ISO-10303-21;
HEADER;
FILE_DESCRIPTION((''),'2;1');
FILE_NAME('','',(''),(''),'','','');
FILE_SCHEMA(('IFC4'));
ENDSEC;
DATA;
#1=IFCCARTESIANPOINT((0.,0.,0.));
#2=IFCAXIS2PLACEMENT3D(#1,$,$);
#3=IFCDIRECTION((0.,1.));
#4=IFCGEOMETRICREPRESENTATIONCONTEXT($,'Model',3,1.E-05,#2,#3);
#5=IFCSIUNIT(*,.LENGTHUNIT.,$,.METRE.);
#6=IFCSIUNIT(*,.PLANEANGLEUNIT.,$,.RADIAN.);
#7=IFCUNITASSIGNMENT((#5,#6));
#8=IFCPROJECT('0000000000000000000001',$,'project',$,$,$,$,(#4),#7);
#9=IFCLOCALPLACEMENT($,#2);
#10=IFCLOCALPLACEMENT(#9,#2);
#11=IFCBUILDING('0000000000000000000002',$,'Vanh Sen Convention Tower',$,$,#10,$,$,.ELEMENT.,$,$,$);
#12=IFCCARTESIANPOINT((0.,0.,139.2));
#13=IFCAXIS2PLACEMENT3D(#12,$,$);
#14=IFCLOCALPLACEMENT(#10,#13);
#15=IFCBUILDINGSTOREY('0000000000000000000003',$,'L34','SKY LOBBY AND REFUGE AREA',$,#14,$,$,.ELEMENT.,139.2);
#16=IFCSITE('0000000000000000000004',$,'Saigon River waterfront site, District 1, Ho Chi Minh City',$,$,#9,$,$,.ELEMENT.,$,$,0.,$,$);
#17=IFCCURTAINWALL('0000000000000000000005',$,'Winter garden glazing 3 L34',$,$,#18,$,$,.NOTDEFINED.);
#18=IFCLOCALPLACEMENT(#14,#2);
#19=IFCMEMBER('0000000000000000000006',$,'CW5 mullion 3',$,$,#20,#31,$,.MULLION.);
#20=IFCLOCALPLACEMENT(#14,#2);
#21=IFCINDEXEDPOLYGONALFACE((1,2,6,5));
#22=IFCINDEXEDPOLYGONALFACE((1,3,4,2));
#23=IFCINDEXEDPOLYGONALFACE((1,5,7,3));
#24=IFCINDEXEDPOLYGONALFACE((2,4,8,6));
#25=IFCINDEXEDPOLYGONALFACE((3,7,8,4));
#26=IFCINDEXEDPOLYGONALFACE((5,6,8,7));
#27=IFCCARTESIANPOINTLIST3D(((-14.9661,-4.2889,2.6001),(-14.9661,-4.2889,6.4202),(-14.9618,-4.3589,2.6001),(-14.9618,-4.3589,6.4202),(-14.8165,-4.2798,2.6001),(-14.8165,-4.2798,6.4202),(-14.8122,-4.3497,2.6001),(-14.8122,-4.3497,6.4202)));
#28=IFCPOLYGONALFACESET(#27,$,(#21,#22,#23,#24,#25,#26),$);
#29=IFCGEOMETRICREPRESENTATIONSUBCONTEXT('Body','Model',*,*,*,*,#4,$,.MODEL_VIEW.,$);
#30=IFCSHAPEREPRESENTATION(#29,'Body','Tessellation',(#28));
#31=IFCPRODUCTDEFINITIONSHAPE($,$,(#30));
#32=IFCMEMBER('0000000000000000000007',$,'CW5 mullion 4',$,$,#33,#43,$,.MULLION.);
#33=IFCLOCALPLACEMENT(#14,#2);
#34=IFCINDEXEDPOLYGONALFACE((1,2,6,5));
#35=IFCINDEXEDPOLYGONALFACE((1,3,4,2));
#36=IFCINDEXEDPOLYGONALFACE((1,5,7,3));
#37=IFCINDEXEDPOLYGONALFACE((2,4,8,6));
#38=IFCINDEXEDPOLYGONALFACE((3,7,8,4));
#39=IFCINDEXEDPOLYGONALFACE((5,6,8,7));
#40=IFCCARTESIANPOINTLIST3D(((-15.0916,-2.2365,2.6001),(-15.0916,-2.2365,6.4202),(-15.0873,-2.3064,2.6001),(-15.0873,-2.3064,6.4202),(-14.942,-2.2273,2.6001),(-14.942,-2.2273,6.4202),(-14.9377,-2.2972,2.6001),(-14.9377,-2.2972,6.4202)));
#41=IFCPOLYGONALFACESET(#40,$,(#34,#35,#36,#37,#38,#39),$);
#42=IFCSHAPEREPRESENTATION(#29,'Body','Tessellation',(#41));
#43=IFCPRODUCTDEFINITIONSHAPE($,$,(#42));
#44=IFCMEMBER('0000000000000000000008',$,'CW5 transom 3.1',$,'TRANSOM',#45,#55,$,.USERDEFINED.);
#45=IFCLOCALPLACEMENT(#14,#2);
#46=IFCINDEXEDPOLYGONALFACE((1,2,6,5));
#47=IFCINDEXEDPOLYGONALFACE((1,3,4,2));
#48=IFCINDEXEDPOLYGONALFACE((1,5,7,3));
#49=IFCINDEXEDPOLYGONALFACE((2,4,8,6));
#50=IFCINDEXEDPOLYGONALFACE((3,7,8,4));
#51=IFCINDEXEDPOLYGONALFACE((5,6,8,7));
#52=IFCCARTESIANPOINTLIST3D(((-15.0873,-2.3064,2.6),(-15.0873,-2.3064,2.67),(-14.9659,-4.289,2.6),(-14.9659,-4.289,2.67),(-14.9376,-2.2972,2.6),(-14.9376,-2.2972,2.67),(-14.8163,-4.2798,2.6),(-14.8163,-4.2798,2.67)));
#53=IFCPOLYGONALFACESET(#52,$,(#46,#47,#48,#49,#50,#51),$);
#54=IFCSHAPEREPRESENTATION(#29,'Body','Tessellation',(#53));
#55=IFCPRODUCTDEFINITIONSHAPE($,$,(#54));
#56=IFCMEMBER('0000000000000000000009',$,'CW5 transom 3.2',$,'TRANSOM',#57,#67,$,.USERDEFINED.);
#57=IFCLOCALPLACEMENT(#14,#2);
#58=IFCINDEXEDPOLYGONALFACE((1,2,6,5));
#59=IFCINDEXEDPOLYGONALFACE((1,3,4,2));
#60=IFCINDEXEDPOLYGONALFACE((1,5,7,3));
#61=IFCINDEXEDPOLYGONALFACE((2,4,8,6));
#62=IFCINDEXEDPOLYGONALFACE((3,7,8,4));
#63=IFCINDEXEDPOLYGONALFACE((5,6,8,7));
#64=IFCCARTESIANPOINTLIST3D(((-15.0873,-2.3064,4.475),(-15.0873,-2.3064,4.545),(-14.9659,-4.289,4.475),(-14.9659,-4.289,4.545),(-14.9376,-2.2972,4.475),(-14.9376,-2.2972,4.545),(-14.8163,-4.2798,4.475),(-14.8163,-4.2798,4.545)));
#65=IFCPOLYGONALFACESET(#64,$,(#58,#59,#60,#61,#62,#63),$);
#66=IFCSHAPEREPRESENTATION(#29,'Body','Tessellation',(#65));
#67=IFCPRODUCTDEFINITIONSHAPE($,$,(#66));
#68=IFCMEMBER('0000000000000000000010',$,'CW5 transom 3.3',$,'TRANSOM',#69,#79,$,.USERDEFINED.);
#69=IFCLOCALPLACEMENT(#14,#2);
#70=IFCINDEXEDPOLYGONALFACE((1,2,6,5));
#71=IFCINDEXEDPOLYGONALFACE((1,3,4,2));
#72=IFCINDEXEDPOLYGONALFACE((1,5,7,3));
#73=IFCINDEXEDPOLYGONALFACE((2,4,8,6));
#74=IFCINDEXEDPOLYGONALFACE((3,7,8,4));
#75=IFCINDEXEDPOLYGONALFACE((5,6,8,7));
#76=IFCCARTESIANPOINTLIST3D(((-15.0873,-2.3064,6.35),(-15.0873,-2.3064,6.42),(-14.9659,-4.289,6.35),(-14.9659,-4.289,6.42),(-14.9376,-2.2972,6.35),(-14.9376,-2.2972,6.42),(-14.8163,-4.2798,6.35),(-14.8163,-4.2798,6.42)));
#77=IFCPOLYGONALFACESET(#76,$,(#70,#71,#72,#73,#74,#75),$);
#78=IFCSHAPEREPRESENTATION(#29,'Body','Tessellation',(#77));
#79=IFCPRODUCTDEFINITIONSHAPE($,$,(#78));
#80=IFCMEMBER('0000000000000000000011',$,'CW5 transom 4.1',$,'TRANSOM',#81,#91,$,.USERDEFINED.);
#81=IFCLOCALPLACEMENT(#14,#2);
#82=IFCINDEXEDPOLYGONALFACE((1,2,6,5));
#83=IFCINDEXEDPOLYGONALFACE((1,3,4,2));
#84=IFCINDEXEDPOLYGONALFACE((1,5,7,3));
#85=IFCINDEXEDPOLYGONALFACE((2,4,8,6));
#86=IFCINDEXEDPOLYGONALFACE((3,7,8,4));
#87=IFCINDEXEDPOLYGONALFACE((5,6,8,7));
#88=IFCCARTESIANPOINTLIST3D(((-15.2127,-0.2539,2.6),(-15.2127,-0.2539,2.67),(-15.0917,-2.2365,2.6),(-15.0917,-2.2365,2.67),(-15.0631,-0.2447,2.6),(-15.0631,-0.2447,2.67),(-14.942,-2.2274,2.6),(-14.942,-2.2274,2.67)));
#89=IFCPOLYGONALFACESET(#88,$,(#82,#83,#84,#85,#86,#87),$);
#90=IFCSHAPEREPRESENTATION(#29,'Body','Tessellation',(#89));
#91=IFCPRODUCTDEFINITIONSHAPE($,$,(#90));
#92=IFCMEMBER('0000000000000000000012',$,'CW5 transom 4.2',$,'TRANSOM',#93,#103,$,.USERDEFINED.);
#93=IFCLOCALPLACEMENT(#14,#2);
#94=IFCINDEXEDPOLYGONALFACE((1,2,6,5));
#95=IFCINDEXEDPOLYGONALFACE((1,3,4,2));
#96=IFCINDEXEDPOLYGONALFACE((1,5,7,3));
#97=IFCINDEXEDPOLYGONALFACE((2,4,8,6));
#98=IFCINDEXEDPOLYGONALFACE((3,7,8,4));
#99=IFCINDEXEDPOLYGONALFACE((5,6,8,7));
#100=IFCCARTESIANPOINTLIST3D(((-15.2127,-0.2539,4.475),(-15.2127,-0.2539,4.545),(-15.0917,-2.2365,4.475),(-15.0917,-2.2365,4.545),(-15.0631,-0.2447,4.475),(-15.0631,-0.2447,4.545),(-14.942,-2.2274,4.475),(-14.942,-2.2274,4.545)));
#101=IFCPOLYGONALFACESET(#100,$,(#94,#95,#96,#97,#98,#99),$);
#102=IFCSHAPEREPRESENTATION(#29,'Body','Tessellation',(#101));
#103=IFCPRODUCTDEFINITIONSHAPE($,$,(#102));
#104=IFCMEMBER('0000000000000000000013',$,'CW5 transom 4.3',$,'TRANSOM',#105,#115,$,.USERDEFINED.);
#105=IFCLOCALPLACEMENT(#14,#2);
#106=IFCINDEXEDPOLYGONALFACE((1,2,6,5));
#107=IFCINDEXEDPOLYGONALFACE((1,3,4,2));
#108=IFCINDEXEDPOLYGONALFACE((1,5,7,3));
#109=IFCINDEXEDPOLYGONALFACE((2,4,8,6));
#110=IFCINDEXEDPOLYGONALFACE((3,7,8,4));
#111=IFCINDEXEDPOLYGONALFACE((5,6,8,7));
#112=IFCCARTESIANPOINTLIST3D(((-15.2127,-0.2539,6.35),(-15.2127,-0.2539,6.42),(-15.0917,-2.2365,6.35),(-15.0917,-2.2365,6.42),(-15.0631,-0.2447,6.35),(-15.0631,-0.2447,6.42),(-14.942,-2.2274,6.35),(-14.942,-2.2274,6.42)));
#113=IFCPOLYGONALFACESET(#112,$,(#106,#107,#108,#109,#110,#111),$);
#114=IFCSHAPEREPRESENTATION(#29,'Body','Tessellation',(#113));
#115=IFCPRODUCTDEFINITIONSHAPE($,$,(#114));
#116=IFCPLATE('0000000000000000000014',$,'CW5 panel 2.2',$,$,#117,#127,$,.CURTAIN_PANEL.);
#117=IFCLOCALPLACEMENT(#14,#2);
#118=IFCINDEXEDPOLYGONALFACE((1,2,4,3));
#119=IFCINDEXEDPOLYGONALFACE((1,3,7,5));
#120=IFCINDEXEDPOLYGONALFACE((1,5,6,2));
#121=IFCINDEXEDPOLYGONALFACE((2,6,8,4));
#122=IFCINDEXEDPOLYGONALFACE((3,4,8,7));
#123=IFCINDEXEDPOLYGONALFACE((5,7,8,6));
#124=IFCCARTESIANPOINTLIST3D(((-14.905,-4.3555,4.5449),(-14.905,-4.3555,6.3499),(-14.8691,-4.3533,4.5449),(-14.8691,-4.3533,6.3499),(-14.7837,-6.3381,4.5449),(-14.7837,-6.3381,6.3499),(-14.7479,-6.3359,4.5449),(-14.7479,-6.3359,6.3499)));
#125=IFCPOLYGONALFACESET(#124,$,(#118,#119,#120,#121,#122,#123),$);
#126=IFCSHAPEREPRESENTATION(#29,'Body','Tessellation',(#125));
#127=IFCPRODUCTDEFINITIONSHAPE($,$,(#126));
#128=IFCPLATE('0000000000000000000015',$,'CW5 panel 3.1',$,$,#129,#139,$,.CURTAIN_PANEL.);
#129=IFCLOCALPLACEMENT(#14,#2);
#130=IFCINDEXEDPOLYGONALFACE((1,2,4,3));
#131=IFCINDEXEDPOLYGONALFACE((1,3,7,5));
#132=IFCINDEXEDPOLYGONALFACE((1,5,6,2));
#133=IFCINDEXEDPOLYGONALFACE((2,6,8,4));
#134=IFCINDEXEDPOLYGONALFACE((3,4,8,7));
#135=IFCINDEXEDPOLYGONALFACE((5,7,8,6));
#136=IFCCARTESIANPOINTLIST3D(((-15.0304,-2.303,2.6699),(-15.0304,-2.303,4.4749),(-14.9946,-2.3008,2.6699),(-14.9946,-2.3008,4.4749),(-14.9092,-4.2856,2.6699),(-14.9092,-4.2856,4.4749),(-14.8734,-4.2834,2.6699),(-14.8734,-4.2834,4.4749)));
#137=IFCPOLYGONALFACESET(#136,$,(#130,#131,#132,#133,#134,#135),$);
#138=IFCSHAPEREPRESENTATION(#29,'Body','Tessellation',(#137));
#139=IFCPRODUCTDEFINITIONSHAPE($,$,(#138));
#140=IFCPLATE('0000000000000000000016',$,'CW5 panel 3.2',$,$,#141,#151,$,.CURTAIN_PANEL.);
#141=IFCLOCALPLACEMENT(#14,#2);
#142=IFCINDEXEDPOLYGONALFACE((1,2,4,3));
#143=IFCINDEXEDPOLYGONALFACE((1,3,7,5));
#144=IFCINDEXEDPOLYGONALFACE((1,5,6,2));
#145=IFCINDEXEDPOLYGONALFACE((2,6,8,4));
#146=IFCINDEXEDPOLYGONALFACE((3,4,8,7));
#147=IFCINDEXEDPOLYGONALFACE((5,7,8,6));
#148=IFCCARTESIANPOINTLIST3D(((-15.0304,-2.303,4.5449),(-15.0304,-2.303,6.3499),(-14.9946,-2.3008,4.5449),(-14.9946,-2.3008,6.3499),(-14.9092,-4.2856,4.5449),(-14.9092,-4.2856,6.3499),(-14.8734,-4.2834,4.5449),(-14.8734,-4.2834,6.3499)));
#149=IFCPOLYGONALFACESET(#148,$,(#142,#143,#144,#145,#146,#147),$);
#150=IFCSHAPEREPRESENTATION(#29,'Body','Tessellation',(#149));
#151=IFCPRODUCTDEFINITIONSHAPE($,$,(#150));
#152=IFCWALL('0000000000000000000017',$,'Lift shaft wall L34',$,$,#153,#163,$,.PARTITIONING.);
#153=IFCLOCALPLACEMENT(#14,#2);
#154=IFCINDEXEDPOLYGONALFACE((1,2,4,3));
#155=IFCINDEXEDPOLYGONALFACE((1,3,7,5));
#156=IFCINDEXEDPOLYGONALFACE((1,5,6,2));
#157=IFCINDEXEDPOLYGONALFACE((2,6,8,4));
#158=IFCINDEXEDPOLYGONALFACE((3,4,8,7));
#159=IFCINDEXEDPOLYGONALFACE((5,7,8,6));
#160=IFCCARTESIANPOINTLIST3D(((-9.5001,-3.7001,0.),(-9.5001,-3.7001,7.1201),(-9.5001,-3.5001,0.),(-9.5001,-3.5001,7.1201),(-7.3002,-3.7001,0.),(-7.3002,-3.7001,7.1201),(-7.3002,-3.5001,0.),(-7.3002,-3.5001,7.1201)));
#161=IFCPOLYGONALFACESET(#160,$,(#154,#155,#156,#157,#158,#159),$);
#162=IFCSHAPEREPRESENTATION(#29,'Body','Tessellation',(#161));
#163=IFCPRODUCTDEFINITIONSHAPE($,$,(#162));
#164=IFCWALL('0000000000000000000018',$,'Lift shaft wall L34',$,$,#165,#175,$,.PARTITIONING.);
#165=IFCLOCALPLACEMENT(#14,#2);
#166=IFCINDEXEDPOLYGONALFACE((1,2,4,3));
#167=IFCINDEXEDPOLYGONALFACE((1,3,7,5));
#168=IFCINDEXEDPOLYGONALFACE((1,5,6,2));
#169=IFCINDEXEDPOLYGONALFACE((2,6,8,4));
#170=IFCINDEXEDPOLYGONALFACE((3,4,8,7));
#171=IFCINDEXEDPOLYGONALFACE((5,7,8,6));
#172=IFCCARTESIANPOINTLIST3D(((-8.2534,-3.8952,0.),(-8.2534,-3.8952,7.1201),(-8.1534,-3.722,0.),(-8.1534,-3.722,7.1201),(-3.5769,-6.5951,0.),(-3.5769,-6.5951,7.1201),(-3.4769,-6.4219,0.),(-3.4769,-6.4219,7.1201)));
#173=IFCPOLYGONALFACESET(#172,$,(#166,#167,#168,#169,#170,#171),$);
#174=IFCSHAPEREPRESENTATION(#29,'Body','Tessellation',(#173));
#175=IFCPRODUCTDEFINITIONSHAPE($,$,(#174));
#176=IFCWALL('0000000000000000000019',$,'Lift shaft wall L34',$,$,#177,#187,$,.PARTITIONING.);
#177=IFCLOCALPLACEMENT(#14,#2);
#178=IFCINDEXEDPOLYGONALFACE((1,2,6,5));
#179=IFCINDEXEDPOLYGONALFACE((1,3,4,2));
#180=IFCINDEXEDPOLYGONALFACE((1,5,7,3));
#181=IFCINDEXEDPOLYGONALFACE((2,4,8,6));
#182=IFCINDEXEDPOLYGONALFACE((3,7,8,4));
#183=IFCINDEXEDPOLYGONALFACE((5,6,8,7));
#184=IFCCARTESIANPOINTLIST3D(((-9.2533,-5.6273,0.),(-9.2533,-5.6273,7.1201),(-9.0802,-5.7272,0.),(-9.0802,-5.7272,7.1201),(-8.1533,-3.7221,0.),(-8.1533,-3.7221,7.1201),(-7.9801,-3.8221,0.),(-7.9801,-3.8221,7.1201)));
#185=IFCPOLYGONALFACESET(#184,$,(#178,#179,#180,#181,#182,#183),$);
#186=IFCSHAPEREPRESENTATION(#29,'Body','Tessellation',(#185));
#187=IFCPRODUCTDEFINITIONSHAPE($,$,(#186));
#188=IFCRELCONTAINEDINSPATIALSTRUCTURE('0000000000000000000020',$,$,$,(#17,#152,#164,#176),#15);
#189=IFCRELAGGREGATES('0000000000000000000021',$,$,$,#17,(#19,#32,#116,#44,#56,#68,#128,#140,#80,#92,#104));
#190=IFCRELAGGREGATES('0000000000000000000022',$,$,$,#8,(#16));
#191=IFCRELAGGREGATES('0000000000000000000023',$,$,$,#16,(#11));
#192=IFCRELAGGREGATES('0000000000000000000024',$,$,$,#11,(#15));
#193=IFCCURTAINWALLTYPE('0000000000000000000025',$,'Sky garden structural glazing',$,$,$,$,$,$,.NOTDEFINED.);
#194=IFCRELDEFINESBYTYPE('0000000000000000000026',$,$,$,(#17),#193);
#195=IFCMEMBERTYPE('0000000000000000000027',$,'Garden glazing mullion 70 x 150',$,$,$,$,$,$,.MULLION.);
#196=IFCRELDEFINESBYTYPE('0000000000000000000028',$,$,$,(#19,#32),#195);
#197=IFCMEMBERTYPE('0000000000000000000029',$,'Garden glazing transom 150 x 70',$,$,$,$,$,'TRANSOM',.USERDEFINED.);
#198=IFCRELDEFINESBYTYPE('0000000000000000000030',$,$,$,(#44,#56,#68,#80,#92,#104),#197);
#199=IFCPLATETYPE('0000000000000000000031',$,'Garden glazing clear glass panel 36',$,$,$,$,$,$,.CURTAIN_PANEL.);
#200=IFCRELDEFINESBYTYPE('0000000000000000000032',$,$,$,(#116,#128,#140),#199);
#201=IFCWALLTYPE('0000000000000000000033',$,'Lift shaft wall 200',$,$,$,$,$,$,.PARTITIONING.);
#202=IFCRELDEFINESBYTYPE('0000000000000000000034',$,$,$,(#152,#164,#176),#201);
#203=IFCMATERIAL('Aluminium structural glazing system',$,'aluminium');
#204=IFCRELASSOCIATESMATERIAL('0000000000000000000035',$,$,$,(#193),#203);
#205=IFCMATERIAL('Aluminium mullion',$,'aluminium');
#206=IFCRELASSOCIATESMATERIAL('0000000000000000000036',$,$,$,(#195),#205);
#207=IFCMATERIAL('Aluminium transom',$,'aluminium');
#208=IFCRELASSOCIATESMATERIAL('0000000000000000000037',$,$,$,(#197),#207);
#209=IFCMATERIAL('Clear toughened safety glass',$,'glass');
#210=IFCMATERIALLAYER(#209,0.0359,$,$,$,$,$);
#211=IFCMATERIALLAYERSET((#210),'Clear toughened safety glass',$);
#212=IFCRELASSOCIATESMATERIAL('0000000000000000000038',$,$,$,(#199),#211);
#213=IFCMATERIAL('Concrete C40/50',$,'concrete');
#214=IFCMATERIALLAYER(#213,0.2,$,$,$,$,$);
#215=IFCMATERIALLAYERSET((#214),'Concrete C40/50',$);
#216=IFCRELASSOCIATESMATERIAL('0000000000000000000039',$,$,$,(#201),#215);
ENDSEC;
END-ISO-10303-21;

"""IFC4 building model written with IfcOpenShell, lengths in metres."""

from ifc_helpers import new_model, si_unit, direction, frame, frame_2d, origin, origin_2d, place, context, subcontext, project, spatial, rectangle, extrude, material, layer, layer_set, material_profile, profile_set, type_object, element, aggregate, save


model = new_model("IFC4")

# Units and contexts
model_context = context("Model", 3, precision=1e-05, world=origin(), true_north=direction((0.0, 1.0)))
body_context = subcontext(model_context, "Body", "Model", "MODEL_VIEW")
ifc_project = project(units=[si_unit("LENGTHUNIT", "METRE"), si_unit("PLANEANGLEUNIT", "RADIAN")], contexts=[model_context])

# Site, building, storey
site_placement = place(None, origin())
site = spatial("IfcSite", under=ifc_project, at=site_placement, Name="Saigon River waterfront site, District 1, Ho Chi Minh City", CompositionType="ELEMENT", RefElevation=0.0)
building_placement = place(site_placement, origin())
building = spatial("IfcBuilding", under=site, at=building_placement, Name="Vanh Sen Convention Tower", CompositionType="ELEMENT")
storey_placement = place(building_placement, frame((0.0, 0.0, 139.2)))
storey = spatial("IfcBuildingStorey", under=building, at=storey_placement, Name="L34", Description="SKY LOBBY AND REFUGE AREA", CompositionType="ELEMENT", Elevation=139.2)

# Curtain wall, members, plates
ifc_material_1 = material(Name="Aluminium structural glazing system", Category="aluminium")
curtain_wall_type = type_object("IfcCurtainWallType", Name="Sky garden structural glazing", PredefinedType="NOTDEFINED", material=ifc_material_1)
curtain_wall_placement = place(storey_placement, origin())
curtain_wall = element("IfcCurtainWall", 1, at=curtain_wall_placement, inside=storey, type_object=curtain_wall_type, Name="Winter garden glazing 3 L34", PredefinedType="NOTDEFINED")
ifc_material_2 = material(Name="Aluminium mullion", Category="aluminium")
ifc_material_profile_1 = material_profile(ifc_material_2, rectangle(XDim=0.1499, YDim=0.0701, at=origin_2d()), Name="Garden glazing mullion 70 x 150")
ifc_profile_set_1 = profile_set([ifc_material_profile_1], Name="Aluminium mullion")
member_type_1 = type_object("IfcMemberType", Name="Garden glazing mullion 70 x 150", PredefinedType="MULLION", material=ifc_profile_set_1)
member_1_placement = place(storey_placement, frame((-14.8892, -4.3193, 2.6001), z_axis=(0.0, 0.0, 1.0), x_axis=(-0.998135, -0.061047, 0.0)))
member_1 = element("IfcMember", 2, at=member_1_placement, type_object=member_type_1, Name="CW5 mullion 3", PredefinedType="MULLION", context=body_context, shape_type="SweptSolid", body=[
    extrude(rectangle(XDim=0.1499, YDim=0.0701, at=origin_2d()), origin(), (0.0, 0.0, 1.0), 3.8201),
])
member_2_placement = place(storey_placement, frame((-15.0146, -2.2668, 2.6001), z_axis=(0.0, 0.0, 1.0), x_axis=(-0.998135, -0.061047, 0.0)))
member_2 = element("IfcMember", 3, at=member_2_placement, type_object=member_type_1, Name="CW5 mullion 4", PredefinedType="MULLION", context=body_context, shape_type="SweptSolid", body=[
    extrude(rectangle(XDim=0.1499, YDim=0.0701, at=origin_2d()), origin(), (0.0, 0.0, 1.0), 3.8201),
])
ifc_material_3 = material(Name="Aluminium transom", Category="aluminium")
ifc_material_profile_2 = material_profile(ifc_material_3, rectangle(XDim=0.1499, YDim=0.0701, at=origin_2d()), Name="Garden glazing transom 150 x 70")
ifc_profile_set_2 = profile_set([ifc_material_profile_2], Name="Aluminium transom")
member_type_2 = type_object("IfcMemberType", Name="Garden glazing transom 150 x 70", ElementType="TRANSOM", PredefinedType="USERDEFINED", material=ifc_profile_set_2)
member_3_placement = place(storey_placement, frame((-14.8911, -4.2844, 2.635), z_axis=(-0.061085, 0.998133, 0.0), x_axis=(-0.998133, -0.061085, 0.0)))
member_3 = element("IfcMember", 4, at=member_3_placement, type_object=member_type_2, Name="CW5 transom 3.1", ObjectType="TRANSOM", PredefinedType="USERDEFINED", context=body_context, shape_type="SweptSolid", body=[
    extrude(rectangle(XDim=0.1499, YDim=0.0701, at=origin_2d()), origin(), (0.0, 0.0, 1.0), 1.9863),
])
member_4_placement = place(storey_placement, frame((-14.8911, -4.2844, 4.51), z_axis=(-0.061085, 0.998133, 0.0), x_axis=(-0.998133, -0.061085, 0.0)))
member_4 = element("IfcMember", 5, at=member_4_placement, type_object=member_type_2, Name="CW5 transom 3.2", ObjectType="TRANSOM", PredefinedType="USERDEFINED", context=body_context, shape_type="SweptSolid", body=[
    extrude(rectangle(XDim=0.1499, YDim=0.0701, at=origin_2d()), origin(), (0.0, 0.0, 1.0), 1.9863),
])
member_5_placement = place(storey_placement, frame((-14.8911, -4.2844, 6.385), z_axis=(-0.061085, 0.998133, 0.0), x_axis=(-0.998133, -0.061085, 0.0)))
member_5 = element("IfcMember", 6, at=member_5_placement, type_object=member_type_2, Name="CW5 transom 3.3", ObjectType="TRANSOM", PredefinedType="USERDEFINED", context=body_context, shape_type="SweptSolid", body=[
    extrude(rectangle(XDim=0.1499, YDim=0.0701, at=origin_2d()), origin(), (0.0, 0.0, 1.0), 1.9863),
])
member_6_placement = place(storey_placement, frame((-15.0168, -2.2319, 2.635), z_axis=(-0.060963, 0.99814, 0.0), x_axis=(-0.99814, -0.060963, 0.0)))
member_6 = element("IfcMember", 7, at=member_6_placement, type_object=member_type_2, Name="CW5 transom 4.1", ObjectType="TRANSOM", PredefinedType="USERDEFINED", context=body_context, shape_type="SweptSolid", body=[
    extrude(rectangle(XDim=0.1499, YDim=0.0701, at=origin_2d()), origin(), (0.0, 0.0, 1.0), 1.9863),
])
member_7_placement = place(storey_placement, frame((-15.0168, -2.2319, 4.51), z_axis=(-0.060963, 0.99814, 0.0), x_axis=(-0.99814, -0.060963, 0.0)))
member_7 = element("IfcMember", 8, at=member_7_placement, type_object=member_type_2, Name="CW5 transom 4.2", ObjectType="TRANSOM", PredefinedType="USERDEFINED", context=body_context, shape_type="SweptSolid", body=[
    extrude(rectangle(XDim=0.1499, YDim=0.0701, at=origin_2d()), origin(), (0.0, 0.0, 1.0), 1.9863),
])
member_8_placement = place(storey_placement, frame((-15.0168, -2.2319, 6.385), z_axis=(-0.060963, 0.99814, 0.0), x_axis=(-0.99814, -0.060963, 0.0)))
member_8 = element("IfcMember", 9, at=member_8_placement, type_object=member_type_2, Name="CW5 transom 4.3", ObjectType="TRANSOM", PredefinedType="USERDEFINED", context=body_context, shape_type="SweptSolid", body=[
    extrude(rectangle(XDim=0.1499, YDim=0.0701, at=origin_2d()), origin(), (0.0, 0.0, 1.0), 1.9863),
])
ifc_material_4 = material(Name="Clear toughened safety glass", Category="glass")
ifc_layer_1 = layer(ifc_material_4, 0.0359)
ifc_layer_set_1 = layer_set([ifc_layer_1], Name="Clear toughened safety glass")
plate_type = type_object("IfcPlateType", Name="Garden glazing clear glass panel 36", PredefinedType="CURTAIN_PANEL", material=ifc_layer_set_1)
plate_1_placement = place(storey_placement, frame((-14.8264, -5.3457, 4.5449), z_axis=(0.0, 0.0, 1.0), x_axis=(-0.061047, 0.998135, 0.0)))
plate_1 = element("IfcPlate", 10, at=plate_1_placement, type_object=plate_type, Name="CW5 panel 2.2", PredefinedType="CURTAIN_PANEL", context=body_context, shape_type="SweptSolid", body=[
    extrude(rectangle(XDim=1.9863, YDim=0.0359, at=origin_2d()), origin(), (0.0, 0.0, 1.0), 1.8049),
])
plate_2_placement = place(storey_placement, frame((-14.9519, -3.2932, 2.6699), z_axis=(0.0, 0.0, 1.0), x_axis=(-0.061047, 0.998135, 0.0)))
plate_2 = element("IfcPlate", 11, at=plate_2_placement, type_object=plate_type, Name="CW5 panel 3.1", PredefinedType="CURTAIN_PANEL", context=body_context, shape_type="SweptSolid", body=[
    extrude(rectangle(XDim=1.9863, YDim=0.0359, at=origin_2d()), origin(), (0.0, 0.0, 1.0), 1.8049),
])
plate_3_placement = place(storey_placement, frame((-14.9519, -3.2932, 4.5449), z_axis=(0.0, 0.0, 1.0), x_axis=(-0.061047, 0.998135, 0.0)))
plate_3 = element("IfcPlate", 12, at=plate_3_placement, type_object=plate_type, Name="CW5 panel 3.2", PredefinedType="CURTAIN_PANEL", context=body_context, shape_type="SweptSolid", body=[
    extrude(rectangle(XDim=1.9863, YDim=0.0359, at=origin_2d()), origin(), (0.0, 0.0, 1.0), 1.8049),
])
aggregate(curtain_wall, [member_1, member_2, plate_1, member_3, member_4, member_5, plate_2, plate_3, member_6, member_7, member_8])

# Walls
ifc_material_5 = material(Name="Concrete C40/50", Category="concrete")
ifc_layer_2 = layer(ifc_material_5, 0.2)
ifc_layer_set_2 = layer_set([ifc_layer_2], Name="Concrete C40/50")
wall_type = type_object("IfcWallType", Name="Lift shaft wall 200", PredefinedType="PARTITIONING", material=ifc_layer_set_2)
wall_1_placement = place(storey_placement, frame((-7.3, -3.6001, 0.0), z_axis=(0.0, 0.0, 1.0), x_axis=(-1.0, 0.0, 0.0)))
element("IfcWall", 13, at=wall_1_placement, inside=storey, type_object=wall_type, Name="Lift shaft wall L34", PredefinedType="PARTITIONING", context=body_context, shape_type="SweptSolid", body=[
    extrude(rectangle(XDim=2.2, YDim=0.2, at=frame_2d((1.1001, 0.0))), origin(), (0.0, 0.0, 1.0), 7.1201),
])
wall_2_placement = place(storey_placement, frame((-8.2034, -3.8086, 0.0), z_axis=(0.0, 0.0, 1.0), x_axis=(0.866028, -0.499995, 0.0)))
element("IfcWall", 14, at=wall_2_placement, inside=storey, type_object=wall_type, Name="Lift shaft wall L34", PredefinedType="PARTITIONING", context=body_context, shape_type="SweptSolid", body=[
    extrude(rectangle(XDim=5.3999, YDim=0.2, at=frame_2d((2.7, 0.0))), origin(), (0.0, 0.0, 1.0), 7.1201),
])
wall_3_placement = place(storey_placement, frame((-8.0667, -3.772, 0.0), z_axis=(0.0, 0.0, 1.0), x_axis=(-0.50003, -0.866008, 0.0)))
element("IfcWall", 15, at=wall_3_placement, inside=storey, type_object=wall_type, Name="Lift shaft wall L34", PredefinedType="PARTITIONING", context=body_context, shape_type="SweptSolid", body=[
    extrude(rectangle(XDim=2.2, YDim=0.2, at=frame_2d((1.1001, 0.0))), origin(), (0.0, 0.0, 1.0), 7.1201),
])

save(model, "model.ifc")
